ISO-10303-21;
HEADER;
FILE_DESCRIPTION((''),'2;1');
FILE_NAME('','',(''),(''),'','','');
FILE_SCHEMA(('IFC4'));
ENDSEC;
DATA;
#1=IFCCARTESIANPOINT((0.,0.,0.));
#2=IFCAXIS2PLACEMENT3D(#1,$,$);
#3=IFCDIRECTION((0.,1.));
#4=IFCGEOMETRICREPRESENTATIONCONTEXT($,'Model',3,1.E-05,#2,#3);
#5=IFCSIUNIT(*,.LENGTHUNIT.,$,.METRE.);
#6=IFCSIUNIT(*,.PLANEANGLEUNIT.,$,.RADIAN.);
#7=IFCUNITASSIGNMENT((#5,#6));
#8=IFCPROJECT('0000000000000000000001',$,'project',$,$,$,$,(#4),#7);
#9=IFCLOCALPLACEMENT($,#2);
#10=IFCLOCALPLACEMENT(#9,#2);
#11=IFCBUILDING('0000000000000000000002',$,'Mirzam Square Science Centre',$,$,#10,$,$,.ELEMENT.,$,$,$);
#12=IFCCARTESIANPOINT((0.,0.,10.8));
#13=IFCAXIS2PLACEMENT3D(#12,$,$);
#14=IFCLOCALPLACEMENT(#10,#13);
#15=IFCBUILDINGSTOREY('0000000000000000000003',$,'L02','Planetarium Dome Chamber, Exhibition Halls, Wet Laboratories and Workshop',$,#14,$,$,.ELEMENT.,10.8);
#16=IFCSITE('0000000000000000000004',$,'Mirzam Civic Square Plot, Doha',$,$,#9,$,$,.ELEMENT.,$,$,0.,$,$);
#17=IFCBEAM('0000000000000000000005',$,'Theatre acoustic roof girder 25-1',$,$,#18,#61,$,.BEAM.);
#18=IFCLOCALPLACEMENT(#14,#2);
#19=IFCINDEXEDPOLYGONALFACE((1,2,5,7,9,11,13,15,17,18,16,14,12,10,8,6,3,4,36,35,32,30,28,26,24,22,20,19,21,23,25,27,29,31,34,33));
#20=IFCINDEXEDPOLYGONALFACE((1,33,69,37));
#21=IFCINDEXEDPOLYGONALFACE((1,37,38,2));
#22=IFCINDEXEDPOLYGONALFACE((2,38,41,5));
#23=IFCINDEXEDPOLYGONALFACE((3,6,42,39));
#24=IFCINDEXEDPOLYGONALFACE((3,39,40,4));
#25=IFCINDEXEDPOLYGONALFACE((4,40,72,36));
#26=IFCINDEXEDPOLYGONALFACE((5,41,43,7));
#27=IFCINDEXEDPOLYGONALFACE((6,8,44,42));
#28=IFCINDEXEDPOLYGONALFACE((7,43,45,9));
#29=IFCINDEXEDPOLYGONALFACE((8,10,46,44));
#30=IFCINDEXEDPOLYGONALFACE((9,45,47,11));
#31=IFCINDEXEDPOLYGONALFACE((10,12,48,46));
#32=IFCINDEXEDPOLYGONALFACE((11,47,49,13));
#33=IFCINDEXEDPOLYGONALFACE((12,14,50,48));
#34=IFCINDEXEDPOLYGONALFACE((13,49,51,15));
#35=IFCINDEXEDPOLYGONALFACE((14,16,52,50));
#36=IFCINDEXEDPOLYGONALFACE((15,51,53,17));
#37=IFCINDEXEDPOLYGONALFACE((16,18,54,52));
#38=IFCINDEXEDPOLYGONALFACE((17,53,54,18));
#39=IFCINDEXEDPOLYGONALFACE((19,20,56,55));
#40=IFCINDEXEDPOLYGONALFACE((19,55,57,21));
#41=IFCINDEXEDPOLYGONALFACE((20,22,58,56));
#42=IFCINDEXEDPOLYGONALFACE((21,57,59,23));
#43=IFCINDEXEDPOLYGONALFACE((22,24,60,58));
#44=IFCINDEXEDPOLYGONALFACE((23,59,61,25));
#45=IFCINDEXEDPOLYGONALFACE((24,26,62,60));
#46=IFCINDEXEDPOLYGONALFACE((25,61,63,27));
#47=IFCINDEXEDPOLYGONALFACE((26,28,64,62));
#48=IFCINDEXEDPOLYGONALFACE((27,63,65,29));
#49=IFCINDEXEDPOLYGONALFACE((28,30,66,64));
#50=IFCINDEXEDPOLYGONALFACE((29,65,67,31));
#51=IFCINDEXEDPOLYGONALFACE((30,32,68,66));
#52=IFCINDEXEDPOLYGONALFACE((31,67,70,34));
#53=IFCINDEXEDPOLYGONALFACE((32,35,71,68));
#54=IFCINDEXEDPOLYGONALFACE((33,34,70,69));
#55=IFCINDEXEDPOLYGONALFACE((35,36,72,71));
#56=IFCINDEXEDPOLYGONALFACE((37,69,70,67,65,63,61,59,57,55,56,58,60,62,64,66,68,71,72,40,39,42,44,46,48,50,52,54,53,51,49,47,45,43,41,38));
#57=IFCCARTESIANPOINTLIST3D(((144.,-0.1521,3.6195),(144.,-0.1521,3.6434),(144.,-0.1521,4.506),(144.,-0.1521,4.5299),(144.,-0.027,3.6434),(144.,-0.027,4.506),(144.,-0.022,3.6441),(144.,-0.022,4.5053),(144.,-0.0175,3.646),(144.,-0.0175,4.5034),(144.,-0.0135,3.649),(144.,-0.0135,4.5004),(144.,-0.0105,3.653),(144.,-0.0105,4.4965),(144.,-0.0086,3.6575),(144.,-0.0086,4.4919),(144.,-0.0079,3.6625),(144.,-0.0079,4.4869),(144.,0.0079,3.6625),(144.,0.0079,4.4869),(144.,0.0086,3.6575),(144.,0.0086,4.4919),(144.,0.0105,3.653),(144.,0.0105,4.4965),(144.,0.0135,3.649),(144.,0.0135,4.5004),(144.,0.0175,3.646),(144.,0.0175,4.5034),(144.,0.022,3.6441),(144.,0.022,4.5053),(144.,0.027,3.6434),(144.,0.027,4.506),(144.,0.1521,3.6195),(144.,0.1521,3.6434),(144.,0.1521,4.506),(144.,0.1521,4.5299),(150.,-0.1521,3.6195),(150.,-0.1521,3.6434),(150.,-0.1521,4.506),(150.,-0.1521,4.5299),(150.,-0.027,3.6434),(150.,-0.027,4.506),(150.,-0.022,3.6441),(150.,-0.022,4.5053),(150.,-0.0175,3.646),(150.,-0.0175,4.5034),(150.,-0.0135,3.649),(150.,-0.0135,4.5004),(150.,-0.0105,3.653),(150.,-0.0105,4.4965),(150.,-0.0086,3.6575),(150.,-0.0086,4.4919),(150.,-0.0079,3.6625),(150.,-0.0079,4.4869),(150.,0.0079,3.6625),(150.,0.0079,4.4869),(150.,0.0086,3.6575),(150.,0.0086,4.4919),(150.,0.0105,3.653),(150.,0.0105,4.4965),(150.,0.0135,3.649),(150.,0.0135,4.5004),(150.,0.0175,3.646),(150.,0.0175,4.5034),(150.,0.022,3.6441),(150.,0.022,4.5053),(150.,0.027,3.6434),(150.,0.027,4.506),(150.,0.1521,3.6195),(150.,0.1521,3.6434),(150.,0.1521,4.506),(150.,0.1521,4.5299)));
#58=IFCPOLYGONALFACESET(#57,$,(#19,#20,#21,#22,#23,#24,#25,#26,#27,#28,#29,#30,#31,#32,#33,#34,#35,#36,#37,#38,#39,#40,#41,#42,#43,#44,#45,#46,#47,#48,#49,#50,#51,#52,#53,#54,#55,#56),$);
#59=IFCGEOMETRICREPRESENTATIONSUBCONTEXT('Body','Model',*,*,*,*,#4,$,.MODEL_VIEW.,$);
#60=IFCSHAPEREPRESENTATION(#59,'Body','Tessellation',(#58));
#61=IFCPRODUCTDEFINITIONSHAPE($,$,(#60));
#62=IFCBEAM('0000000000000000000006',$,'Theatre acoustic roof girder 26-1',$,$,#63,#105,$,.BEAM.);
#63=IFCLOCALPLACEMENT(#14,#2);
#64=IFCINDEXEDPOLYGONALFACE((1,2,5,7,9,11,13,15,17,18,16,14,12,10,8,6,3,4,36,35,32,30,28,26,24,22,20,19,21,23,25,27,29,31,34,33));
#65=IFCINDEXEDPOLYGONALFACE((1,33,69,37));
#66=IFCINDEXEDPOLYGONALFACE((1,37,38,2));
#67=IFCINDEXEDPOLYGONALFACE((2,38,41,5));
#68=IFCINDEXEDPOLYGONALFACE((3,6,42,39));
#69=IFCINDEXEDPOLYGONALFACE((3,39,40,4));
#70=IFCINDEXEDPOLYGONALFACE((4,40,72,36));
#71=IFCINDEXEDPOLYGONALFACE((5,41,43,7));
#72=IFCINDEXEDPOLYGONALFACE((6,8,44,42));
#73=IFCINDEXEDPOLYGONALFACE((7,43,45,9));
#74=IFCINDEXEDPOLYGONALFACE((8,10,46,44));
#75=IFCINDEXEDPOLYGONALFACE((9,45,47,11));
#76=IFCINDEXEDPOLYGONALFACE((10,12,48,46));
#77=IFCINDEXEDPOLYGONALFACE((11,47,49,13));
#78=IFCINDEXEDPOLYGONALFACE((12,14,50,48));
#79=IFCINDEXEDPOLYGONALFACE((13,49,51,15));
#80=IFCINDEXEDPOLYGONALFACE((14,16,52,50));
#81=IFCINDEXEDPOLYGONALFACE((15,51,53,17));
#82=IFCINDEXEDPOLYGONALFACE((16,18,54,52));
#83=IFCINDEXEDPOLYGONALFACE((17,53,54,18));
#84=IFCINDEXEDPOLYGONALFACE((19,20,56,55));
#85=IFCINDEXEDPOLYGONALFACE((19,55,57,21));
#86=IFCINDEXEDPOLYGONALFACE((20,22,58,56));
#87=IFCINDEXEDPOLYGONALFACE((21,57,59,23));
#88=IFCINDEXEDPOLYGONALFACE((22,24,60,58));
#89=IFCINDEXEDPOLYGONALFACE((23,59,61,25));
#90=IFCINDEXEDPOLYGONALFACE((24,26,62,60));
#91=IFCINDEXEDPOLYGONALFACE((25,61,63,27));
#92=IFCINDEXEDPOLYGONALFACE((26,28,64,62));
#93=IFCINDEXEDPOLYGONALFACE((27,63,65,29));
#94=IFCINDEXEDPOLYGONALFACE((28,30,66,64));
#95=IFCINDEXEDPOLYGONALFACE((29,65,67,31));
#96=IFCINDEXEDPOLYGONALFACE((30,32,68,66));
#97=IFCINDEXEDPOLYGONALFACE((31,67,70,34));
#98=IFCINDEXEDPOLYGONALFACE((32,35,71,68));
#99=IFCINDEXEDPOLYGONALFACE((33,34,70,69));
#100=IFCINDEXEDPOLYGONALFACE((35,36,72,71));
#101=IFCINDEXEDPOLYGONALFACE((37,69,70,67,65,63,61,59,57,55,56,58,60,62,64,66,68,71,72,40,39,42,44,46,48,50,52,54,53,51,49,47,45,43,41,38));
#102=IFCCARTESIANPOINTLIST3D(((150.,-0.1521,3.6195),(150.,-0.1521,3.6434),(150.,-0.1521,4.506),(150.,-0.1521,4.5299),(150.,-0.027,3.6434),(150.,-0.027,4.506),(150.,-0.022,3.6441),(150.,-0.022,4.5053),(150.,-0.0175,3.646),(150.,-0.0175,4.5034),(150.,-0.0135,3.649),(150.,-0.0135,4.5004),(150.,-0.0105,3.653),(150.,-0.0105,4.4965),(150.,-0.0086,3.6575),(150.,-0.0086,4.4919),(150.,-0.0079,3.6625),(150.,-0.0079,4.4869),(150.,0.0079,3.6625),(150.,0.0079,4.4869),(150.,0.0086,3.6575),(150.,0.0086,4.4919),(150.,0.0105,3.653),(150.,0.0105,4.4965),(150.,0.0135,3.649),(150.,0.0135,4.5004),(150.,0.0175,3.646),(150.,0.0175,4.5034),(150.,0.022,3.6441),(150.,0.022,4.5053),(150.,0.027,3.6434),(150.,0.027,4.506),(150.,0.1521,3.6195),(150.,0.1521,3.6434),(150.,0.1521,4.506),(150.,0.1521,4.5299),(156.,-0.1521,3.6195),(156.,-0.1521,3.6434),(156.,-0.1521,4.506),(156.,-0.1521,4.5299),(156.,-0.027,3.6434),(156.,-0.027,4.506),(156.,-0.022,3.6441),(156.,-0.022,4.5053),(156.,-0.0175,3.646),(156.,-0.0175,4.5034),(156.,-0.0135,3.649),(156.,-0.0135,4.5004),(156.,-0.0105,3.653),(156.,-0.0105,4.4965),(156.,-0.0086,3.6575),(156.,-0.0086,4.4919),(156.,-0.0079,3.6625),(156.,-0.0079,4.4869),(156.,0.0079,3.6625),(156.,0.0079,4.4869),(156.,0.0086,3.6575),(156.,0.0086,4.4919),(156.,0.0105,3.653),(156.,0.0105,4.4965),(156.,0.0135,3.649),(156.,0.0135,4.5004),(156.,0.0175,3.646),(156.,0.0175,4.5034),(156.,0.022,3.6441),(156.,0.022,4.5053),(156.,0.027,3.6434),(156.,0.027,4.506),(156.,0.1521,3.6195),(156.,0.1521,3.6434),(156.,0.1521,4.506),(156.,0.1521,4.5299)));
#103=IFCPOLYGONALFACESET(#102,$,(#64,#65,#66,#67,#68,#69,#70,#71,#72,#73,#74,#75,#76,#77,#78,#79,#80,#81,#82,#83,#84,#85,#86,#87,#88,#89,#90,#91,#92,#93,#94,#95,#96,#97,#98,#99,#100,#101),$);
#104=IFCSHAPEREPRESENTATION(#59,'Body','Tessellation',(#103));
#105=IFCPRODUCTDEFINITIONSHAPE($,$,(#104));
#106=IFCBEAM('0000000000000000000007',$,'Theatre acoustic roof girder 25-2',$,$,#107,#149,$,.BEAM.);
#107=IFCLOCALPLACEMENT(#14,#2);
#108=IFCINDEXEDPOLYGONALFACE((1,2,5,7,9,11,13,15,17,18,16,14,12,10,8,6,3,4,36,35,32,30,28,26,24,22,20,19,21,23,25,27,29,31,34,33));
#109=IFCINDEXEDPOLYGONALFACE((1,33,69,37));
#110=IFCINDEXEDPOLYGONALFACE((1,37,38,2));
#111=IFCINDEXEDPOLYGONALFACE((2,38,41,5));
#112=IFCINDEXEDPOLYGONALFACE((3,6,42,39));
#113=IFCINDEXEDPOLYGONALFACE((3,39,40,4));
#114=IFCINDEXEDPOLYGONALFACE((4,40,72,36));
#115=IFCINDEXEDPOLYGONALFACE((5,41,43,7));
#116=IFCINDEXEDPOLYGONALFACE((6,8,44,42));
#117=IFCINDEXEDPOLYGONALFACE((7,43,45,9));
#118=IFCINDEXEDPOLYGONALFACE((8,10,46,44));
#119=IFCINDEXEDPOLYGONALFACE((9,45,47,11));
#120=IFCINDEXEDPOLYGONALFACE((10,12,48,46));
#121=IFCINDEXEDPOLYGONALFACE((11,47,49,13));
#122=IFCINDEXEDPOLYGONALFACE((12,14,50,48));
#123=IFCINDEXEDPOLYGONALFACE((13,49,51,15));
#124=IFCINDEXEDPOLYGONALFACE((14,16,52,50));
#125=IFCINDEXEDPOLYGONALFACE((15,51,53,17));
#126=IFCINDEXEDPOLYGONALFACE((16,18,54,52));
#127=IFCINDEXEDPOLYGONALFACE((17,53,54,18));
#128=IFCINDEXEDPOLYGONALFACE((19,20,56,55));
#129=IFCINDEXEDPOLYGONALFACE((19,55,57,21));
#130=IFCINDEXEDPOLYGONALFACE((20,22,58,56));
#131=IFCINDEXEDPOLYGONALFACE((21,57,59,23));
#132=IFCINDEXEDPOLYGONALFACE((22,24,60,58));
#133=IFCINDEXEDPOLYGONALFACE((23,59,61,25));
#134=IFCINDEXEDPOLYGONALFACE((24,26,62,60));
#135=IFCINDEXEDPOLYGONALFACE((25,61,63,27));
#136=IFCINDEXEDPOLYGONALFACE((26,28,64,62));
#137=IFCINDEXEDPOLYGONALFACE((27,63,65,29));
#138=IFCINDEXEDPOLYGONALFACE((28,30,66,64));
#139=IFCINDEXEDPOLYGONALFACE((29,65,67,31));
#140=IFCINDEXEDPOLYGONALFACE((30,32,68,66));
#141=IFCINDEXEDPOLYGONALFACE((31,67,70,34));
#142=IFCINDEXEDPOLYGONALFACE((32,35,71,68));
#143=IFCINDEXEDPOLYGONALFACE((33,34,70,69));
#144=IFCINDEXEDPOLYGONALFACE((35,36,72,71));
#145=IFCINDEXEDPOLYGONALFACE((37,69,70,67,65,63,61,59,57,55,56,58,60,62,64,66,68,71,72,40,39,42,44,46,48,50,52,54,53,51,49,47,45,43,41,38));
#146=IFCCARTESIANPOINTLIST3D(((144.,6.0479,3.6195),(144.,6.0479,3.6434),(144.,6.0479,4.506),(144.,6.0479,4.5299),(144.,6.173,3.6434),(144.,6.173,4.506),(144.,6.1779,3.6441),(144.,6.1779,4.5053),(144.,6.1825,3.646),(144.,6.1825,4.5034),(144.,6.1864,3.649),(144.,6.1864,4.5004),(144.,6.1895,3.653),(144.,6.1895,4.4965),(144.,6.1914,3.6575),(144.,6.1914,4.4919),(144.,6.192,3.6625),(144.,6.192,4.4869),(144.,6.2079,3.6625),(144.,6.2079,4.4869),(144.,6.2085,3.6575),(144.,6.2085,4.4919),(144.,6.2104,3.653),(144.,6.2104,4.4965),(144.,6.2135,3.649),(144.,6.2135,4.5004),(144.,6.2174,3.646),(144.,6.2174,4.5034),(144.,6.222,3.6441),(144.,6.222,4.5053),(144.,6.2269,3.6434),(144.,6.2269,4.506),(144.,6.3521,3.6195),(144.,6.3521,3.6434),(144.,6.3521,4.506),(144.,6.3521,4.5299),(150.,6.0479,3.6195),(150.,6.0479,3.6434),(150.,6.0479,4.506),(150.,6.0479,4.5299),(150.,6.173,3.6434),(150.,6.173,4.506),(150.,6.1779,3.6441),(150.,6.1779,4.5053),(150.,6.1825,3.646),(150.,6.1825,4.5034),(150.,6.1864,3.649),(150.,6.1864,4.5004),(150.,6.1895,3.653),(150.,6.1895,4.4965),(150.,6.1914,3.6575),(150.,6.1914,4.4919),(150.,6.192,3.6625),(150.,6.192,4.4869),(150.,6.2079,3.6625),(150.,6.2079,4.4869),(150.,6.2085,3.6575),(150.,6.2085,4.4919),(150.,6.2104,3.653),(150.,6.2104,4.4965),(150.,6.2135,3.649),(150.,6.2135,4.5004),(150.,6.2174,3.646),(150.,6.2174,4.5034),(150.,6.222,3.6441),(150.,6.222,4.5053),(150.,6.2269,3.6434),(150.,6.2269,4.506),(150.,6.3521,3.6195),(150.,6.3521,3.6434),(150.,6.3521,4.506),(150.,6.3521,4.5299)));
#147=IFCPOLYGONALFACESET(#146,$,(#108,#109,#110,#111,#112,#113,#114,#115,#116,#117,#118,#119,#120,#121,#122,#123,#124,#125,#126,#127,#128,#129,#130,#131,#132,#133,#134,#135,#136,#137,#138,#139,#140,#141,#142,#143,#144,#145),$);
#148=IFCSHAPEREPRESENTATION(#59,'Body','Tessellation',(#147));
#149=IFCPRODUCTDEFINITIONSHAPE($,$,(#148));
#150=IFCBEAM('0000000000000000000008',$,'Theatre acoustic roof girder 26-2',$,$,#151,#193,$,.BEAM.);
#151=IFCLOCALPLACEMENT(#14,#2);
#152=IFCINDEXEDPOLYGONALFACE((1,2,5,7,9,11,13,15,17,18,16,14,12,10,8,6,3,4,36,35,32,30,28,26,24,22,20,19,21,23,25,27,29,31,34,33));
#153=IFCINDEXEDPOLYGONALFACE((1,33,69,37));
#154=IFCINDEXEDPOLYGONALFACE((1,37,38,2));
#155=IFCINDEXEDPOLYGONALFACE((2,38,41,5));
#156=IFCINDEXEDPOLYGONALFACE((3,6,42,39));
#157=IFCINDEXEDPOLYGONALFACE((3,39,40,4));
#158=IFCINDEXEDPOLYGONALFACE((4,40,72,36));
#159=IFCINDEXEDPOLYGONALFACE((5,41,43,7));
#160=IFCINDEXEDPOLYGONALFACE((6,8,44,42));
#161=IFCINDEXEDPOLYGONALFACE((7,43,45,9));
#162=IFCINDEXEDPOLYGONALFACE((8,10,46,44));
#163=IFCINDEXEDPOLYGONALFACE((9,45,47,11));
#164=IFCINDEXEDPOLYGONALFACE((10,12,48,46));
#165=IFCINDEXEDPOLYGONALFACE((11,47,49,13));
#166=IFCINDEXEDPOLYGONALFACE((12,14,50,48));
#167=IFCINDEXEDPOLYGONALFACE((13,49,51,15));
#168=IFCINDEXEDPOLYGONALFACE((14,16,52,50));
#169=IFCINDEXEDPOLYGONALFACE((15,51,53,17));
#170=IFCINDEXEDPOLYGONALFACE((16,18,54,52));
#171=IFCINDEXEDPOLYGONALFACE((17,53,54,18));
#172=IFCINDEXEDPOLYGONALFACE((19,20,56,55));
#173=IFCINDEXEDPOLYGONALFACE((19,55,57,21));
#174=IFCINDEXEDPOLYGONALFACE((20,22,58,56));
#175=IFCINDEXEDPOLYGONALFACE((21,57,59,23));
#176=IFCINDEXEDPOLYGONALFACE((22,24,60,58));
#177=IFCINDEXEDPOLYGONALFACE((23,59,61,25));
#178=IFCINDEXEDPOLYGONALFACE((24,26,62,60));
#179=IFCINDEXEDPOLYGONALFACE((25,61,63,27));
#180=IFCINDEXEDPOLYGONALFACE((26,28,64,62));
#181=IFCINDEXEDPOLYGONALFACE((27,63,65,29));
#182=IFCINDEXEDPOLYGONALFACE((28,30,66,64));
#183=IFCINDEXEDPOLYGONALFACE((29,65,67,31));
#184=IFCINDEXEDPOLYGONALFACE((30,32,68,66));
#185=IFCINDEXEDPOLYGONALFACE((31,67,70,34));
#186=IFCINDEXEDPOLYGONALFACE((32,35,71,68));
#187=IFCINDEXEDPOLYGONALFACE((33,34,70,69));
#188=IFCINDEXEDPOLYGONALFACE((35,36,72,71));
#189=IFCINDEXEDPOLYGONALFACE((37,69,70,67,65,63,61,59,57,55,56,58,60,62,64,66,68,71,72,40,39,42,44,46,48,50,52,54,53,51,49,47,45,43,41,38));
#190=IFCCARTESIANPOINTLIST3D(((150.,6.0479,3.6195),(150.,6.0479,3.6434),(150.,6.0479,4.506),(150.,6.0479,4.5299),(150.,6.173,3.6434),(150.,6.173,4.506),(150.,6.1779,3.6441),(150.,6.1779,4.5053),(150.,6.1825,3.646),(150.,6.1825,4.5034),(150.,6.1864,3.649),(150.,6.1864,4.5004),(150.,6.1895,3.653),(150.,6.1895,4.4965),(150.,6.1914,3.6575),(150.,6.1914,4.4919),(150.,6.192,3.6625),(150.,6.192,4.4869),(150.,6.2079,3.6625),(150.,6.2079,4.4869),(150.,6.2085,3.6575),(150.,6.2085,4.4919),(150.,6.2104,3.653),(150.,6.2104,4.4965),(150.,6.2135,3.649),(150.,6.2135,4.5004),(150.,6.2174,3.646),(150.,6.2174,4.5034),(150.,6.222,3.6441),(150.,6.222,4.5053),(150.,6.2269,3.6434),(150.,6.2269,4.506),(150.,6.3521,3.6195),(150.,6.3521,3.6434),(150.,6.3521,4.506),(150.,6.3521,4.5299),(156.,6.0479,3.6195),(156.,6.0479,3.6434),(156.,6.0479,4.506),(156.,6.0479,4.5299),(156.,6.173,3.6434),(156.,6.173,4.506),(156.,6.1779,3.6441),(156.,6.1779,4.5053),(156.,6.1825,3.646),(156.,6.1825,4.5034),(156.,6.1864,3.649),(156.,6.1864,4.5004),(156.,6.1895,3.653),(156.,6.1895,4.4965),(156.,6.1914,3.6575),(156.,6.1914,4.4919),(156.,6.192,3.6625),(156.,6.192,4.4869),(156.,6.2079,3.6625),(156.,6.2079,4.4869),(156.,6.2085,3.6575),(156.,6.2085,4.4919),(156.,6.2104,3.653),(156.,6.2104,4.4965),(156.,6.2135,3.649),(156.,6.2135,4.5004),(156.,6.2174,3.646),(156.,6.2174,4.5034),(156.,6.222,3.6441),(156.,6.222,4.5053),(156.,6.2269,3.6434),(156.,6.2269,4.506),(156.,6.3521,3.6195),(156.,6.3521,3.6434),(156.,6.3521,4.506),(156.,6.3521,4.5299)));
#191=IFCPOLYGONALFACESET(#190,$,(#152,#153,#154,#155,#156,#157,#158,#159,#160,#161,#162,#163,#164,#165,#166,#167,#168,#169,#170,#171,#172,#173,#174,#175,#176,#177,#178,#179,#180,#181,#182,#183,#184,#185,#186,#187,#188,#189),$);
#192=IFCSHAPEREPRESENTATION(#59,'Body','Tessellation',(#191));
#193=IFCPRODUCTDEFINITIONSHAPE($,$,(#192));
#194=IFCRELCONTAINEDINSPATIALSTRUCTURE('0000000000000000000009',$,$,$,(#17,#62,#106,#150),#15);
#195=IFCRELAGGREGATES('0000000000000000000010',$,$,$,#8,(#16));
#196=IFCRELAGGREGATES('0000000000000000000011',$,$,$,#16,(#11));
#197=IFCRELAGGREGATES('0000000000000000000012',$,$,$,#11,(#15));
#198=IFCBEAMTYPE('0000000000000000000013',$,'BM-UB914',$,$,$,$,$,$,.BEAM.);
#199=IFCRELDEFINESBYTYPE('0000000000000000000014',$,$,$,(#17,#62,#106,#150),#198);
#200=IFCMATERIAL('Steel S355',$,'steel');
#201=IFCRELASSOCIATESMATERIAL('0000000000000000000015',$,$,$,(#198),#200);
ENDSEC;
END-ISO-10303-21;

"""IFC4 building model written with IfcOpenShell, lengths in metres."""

from ifc_helpers import new_model, si_unit, direction, frame, origin, origin_2d, place, context, subcontext, project, spatial, i_section, extrude, material, material_profile, profile_set, type_object, element, save


model = new_model("IFC4")

# Units and contexts
model_context = context("Model", 3, precision=1e-05, world=origin(), true_north=direction((0.0, 1.0)))
body_context = subcontext(model_context, "Body", "Model", "MODEL_VIEW")
ifc_project = project(units=[si_unit("LENGTHUNIT", "METRE"), si_unit("PLANEANGLEUNIT", "RADIAN")], contexts=[model_context])

# Site, building, storey
site_placement = place(None, origin())
site = spatial("IfcSite", under=ifc_project, at=site_placement, Name="Mirzam Civic Square Plot, Doha", CompositionType="ELEMENT", RefElevation=0.0)
building_placement = place(site_placement, origin())
building = spatial("IfcBuilding", under=site, at=building_placement, Name="Mirzam Square Science Centre", CompositionType="ELEMENT")
storey_placement = place(building_placement, frame((0.0, 0.0, 10.8)))
storey = spatial("IfcBuildingStorey", under=building, at=storey_placement, Name="L02", Description="Planetarium Dome Chamber, Exhibition Halls, Wet Laboratories and Workshop", CompositionType="ELEMENT", Elevation=10.8)

# Shared definitions
ifc_material_1 = material(Name="Steel S355", Category="steel")

# Beams
ifc_material_profile_1 = material_profile(ifc_material_1, i_section(OverallWidth=0.3042, OverallDepth=0.9104, WebThickness=0.0159, FlangeThickness=0.0239, FilletRadius=0.019, at=origin_2d()), Name="914x305x224UB")
ifc_profile_set_1 = profile_set([ifc_material_profile_1], Name="Steel S355")
beam_type_1 = type_object("IfcBeamType", Name="BM-UB914", PredefinedType="BEAM", material=ifc_profile_set_1)
for number, where, z_axis, x_axis, name in (
    (1, (144.0, 0.0, 4.0747), (1.0, 0.0, 0.0), (0.0, 1.0, 0.0), "Theatre acoustic roof girder 25-1"),
    (2, (150.0, 0.0, 4.0747), (1.0, 0.0, 0.0), (0.0, 1.0, 0.0), "Theatre acoustic roof girder 26-1"),
    (3, (144.0, 6.2, 4.0747), (1.0, 0.0, 0.0), (0.0, 1.0, 0.0), "Theatre acoustic roof girder 25-2"),
    (4, (150.0, 6.2, 4.0747), (1.0, 0.0, 0.0), (0.0, 1.0, 0.0), "Theatre acoustic roof girder 26-2"),
):
    element("IfcBeam", number, at=place(storey_placement, frame(where, z_axis=z_axis, x_axis=x_axis)), inside=storey, type_object=beam_type_1, Name=name, PredefinedType="BEAM", context=body_context, shape_type="SweptSolid", body=[
        extrude(i_section(OverallWidth=0.3042, OverallDepth=0.9104, WebThickness=0.0159, FlangeThickness=0.0239, FilletRadius=0.019, at=origin_2d()), origin(), (0.0, 0.0, 1.0), 6.0),
    ])

save(model, "model.ifc")
